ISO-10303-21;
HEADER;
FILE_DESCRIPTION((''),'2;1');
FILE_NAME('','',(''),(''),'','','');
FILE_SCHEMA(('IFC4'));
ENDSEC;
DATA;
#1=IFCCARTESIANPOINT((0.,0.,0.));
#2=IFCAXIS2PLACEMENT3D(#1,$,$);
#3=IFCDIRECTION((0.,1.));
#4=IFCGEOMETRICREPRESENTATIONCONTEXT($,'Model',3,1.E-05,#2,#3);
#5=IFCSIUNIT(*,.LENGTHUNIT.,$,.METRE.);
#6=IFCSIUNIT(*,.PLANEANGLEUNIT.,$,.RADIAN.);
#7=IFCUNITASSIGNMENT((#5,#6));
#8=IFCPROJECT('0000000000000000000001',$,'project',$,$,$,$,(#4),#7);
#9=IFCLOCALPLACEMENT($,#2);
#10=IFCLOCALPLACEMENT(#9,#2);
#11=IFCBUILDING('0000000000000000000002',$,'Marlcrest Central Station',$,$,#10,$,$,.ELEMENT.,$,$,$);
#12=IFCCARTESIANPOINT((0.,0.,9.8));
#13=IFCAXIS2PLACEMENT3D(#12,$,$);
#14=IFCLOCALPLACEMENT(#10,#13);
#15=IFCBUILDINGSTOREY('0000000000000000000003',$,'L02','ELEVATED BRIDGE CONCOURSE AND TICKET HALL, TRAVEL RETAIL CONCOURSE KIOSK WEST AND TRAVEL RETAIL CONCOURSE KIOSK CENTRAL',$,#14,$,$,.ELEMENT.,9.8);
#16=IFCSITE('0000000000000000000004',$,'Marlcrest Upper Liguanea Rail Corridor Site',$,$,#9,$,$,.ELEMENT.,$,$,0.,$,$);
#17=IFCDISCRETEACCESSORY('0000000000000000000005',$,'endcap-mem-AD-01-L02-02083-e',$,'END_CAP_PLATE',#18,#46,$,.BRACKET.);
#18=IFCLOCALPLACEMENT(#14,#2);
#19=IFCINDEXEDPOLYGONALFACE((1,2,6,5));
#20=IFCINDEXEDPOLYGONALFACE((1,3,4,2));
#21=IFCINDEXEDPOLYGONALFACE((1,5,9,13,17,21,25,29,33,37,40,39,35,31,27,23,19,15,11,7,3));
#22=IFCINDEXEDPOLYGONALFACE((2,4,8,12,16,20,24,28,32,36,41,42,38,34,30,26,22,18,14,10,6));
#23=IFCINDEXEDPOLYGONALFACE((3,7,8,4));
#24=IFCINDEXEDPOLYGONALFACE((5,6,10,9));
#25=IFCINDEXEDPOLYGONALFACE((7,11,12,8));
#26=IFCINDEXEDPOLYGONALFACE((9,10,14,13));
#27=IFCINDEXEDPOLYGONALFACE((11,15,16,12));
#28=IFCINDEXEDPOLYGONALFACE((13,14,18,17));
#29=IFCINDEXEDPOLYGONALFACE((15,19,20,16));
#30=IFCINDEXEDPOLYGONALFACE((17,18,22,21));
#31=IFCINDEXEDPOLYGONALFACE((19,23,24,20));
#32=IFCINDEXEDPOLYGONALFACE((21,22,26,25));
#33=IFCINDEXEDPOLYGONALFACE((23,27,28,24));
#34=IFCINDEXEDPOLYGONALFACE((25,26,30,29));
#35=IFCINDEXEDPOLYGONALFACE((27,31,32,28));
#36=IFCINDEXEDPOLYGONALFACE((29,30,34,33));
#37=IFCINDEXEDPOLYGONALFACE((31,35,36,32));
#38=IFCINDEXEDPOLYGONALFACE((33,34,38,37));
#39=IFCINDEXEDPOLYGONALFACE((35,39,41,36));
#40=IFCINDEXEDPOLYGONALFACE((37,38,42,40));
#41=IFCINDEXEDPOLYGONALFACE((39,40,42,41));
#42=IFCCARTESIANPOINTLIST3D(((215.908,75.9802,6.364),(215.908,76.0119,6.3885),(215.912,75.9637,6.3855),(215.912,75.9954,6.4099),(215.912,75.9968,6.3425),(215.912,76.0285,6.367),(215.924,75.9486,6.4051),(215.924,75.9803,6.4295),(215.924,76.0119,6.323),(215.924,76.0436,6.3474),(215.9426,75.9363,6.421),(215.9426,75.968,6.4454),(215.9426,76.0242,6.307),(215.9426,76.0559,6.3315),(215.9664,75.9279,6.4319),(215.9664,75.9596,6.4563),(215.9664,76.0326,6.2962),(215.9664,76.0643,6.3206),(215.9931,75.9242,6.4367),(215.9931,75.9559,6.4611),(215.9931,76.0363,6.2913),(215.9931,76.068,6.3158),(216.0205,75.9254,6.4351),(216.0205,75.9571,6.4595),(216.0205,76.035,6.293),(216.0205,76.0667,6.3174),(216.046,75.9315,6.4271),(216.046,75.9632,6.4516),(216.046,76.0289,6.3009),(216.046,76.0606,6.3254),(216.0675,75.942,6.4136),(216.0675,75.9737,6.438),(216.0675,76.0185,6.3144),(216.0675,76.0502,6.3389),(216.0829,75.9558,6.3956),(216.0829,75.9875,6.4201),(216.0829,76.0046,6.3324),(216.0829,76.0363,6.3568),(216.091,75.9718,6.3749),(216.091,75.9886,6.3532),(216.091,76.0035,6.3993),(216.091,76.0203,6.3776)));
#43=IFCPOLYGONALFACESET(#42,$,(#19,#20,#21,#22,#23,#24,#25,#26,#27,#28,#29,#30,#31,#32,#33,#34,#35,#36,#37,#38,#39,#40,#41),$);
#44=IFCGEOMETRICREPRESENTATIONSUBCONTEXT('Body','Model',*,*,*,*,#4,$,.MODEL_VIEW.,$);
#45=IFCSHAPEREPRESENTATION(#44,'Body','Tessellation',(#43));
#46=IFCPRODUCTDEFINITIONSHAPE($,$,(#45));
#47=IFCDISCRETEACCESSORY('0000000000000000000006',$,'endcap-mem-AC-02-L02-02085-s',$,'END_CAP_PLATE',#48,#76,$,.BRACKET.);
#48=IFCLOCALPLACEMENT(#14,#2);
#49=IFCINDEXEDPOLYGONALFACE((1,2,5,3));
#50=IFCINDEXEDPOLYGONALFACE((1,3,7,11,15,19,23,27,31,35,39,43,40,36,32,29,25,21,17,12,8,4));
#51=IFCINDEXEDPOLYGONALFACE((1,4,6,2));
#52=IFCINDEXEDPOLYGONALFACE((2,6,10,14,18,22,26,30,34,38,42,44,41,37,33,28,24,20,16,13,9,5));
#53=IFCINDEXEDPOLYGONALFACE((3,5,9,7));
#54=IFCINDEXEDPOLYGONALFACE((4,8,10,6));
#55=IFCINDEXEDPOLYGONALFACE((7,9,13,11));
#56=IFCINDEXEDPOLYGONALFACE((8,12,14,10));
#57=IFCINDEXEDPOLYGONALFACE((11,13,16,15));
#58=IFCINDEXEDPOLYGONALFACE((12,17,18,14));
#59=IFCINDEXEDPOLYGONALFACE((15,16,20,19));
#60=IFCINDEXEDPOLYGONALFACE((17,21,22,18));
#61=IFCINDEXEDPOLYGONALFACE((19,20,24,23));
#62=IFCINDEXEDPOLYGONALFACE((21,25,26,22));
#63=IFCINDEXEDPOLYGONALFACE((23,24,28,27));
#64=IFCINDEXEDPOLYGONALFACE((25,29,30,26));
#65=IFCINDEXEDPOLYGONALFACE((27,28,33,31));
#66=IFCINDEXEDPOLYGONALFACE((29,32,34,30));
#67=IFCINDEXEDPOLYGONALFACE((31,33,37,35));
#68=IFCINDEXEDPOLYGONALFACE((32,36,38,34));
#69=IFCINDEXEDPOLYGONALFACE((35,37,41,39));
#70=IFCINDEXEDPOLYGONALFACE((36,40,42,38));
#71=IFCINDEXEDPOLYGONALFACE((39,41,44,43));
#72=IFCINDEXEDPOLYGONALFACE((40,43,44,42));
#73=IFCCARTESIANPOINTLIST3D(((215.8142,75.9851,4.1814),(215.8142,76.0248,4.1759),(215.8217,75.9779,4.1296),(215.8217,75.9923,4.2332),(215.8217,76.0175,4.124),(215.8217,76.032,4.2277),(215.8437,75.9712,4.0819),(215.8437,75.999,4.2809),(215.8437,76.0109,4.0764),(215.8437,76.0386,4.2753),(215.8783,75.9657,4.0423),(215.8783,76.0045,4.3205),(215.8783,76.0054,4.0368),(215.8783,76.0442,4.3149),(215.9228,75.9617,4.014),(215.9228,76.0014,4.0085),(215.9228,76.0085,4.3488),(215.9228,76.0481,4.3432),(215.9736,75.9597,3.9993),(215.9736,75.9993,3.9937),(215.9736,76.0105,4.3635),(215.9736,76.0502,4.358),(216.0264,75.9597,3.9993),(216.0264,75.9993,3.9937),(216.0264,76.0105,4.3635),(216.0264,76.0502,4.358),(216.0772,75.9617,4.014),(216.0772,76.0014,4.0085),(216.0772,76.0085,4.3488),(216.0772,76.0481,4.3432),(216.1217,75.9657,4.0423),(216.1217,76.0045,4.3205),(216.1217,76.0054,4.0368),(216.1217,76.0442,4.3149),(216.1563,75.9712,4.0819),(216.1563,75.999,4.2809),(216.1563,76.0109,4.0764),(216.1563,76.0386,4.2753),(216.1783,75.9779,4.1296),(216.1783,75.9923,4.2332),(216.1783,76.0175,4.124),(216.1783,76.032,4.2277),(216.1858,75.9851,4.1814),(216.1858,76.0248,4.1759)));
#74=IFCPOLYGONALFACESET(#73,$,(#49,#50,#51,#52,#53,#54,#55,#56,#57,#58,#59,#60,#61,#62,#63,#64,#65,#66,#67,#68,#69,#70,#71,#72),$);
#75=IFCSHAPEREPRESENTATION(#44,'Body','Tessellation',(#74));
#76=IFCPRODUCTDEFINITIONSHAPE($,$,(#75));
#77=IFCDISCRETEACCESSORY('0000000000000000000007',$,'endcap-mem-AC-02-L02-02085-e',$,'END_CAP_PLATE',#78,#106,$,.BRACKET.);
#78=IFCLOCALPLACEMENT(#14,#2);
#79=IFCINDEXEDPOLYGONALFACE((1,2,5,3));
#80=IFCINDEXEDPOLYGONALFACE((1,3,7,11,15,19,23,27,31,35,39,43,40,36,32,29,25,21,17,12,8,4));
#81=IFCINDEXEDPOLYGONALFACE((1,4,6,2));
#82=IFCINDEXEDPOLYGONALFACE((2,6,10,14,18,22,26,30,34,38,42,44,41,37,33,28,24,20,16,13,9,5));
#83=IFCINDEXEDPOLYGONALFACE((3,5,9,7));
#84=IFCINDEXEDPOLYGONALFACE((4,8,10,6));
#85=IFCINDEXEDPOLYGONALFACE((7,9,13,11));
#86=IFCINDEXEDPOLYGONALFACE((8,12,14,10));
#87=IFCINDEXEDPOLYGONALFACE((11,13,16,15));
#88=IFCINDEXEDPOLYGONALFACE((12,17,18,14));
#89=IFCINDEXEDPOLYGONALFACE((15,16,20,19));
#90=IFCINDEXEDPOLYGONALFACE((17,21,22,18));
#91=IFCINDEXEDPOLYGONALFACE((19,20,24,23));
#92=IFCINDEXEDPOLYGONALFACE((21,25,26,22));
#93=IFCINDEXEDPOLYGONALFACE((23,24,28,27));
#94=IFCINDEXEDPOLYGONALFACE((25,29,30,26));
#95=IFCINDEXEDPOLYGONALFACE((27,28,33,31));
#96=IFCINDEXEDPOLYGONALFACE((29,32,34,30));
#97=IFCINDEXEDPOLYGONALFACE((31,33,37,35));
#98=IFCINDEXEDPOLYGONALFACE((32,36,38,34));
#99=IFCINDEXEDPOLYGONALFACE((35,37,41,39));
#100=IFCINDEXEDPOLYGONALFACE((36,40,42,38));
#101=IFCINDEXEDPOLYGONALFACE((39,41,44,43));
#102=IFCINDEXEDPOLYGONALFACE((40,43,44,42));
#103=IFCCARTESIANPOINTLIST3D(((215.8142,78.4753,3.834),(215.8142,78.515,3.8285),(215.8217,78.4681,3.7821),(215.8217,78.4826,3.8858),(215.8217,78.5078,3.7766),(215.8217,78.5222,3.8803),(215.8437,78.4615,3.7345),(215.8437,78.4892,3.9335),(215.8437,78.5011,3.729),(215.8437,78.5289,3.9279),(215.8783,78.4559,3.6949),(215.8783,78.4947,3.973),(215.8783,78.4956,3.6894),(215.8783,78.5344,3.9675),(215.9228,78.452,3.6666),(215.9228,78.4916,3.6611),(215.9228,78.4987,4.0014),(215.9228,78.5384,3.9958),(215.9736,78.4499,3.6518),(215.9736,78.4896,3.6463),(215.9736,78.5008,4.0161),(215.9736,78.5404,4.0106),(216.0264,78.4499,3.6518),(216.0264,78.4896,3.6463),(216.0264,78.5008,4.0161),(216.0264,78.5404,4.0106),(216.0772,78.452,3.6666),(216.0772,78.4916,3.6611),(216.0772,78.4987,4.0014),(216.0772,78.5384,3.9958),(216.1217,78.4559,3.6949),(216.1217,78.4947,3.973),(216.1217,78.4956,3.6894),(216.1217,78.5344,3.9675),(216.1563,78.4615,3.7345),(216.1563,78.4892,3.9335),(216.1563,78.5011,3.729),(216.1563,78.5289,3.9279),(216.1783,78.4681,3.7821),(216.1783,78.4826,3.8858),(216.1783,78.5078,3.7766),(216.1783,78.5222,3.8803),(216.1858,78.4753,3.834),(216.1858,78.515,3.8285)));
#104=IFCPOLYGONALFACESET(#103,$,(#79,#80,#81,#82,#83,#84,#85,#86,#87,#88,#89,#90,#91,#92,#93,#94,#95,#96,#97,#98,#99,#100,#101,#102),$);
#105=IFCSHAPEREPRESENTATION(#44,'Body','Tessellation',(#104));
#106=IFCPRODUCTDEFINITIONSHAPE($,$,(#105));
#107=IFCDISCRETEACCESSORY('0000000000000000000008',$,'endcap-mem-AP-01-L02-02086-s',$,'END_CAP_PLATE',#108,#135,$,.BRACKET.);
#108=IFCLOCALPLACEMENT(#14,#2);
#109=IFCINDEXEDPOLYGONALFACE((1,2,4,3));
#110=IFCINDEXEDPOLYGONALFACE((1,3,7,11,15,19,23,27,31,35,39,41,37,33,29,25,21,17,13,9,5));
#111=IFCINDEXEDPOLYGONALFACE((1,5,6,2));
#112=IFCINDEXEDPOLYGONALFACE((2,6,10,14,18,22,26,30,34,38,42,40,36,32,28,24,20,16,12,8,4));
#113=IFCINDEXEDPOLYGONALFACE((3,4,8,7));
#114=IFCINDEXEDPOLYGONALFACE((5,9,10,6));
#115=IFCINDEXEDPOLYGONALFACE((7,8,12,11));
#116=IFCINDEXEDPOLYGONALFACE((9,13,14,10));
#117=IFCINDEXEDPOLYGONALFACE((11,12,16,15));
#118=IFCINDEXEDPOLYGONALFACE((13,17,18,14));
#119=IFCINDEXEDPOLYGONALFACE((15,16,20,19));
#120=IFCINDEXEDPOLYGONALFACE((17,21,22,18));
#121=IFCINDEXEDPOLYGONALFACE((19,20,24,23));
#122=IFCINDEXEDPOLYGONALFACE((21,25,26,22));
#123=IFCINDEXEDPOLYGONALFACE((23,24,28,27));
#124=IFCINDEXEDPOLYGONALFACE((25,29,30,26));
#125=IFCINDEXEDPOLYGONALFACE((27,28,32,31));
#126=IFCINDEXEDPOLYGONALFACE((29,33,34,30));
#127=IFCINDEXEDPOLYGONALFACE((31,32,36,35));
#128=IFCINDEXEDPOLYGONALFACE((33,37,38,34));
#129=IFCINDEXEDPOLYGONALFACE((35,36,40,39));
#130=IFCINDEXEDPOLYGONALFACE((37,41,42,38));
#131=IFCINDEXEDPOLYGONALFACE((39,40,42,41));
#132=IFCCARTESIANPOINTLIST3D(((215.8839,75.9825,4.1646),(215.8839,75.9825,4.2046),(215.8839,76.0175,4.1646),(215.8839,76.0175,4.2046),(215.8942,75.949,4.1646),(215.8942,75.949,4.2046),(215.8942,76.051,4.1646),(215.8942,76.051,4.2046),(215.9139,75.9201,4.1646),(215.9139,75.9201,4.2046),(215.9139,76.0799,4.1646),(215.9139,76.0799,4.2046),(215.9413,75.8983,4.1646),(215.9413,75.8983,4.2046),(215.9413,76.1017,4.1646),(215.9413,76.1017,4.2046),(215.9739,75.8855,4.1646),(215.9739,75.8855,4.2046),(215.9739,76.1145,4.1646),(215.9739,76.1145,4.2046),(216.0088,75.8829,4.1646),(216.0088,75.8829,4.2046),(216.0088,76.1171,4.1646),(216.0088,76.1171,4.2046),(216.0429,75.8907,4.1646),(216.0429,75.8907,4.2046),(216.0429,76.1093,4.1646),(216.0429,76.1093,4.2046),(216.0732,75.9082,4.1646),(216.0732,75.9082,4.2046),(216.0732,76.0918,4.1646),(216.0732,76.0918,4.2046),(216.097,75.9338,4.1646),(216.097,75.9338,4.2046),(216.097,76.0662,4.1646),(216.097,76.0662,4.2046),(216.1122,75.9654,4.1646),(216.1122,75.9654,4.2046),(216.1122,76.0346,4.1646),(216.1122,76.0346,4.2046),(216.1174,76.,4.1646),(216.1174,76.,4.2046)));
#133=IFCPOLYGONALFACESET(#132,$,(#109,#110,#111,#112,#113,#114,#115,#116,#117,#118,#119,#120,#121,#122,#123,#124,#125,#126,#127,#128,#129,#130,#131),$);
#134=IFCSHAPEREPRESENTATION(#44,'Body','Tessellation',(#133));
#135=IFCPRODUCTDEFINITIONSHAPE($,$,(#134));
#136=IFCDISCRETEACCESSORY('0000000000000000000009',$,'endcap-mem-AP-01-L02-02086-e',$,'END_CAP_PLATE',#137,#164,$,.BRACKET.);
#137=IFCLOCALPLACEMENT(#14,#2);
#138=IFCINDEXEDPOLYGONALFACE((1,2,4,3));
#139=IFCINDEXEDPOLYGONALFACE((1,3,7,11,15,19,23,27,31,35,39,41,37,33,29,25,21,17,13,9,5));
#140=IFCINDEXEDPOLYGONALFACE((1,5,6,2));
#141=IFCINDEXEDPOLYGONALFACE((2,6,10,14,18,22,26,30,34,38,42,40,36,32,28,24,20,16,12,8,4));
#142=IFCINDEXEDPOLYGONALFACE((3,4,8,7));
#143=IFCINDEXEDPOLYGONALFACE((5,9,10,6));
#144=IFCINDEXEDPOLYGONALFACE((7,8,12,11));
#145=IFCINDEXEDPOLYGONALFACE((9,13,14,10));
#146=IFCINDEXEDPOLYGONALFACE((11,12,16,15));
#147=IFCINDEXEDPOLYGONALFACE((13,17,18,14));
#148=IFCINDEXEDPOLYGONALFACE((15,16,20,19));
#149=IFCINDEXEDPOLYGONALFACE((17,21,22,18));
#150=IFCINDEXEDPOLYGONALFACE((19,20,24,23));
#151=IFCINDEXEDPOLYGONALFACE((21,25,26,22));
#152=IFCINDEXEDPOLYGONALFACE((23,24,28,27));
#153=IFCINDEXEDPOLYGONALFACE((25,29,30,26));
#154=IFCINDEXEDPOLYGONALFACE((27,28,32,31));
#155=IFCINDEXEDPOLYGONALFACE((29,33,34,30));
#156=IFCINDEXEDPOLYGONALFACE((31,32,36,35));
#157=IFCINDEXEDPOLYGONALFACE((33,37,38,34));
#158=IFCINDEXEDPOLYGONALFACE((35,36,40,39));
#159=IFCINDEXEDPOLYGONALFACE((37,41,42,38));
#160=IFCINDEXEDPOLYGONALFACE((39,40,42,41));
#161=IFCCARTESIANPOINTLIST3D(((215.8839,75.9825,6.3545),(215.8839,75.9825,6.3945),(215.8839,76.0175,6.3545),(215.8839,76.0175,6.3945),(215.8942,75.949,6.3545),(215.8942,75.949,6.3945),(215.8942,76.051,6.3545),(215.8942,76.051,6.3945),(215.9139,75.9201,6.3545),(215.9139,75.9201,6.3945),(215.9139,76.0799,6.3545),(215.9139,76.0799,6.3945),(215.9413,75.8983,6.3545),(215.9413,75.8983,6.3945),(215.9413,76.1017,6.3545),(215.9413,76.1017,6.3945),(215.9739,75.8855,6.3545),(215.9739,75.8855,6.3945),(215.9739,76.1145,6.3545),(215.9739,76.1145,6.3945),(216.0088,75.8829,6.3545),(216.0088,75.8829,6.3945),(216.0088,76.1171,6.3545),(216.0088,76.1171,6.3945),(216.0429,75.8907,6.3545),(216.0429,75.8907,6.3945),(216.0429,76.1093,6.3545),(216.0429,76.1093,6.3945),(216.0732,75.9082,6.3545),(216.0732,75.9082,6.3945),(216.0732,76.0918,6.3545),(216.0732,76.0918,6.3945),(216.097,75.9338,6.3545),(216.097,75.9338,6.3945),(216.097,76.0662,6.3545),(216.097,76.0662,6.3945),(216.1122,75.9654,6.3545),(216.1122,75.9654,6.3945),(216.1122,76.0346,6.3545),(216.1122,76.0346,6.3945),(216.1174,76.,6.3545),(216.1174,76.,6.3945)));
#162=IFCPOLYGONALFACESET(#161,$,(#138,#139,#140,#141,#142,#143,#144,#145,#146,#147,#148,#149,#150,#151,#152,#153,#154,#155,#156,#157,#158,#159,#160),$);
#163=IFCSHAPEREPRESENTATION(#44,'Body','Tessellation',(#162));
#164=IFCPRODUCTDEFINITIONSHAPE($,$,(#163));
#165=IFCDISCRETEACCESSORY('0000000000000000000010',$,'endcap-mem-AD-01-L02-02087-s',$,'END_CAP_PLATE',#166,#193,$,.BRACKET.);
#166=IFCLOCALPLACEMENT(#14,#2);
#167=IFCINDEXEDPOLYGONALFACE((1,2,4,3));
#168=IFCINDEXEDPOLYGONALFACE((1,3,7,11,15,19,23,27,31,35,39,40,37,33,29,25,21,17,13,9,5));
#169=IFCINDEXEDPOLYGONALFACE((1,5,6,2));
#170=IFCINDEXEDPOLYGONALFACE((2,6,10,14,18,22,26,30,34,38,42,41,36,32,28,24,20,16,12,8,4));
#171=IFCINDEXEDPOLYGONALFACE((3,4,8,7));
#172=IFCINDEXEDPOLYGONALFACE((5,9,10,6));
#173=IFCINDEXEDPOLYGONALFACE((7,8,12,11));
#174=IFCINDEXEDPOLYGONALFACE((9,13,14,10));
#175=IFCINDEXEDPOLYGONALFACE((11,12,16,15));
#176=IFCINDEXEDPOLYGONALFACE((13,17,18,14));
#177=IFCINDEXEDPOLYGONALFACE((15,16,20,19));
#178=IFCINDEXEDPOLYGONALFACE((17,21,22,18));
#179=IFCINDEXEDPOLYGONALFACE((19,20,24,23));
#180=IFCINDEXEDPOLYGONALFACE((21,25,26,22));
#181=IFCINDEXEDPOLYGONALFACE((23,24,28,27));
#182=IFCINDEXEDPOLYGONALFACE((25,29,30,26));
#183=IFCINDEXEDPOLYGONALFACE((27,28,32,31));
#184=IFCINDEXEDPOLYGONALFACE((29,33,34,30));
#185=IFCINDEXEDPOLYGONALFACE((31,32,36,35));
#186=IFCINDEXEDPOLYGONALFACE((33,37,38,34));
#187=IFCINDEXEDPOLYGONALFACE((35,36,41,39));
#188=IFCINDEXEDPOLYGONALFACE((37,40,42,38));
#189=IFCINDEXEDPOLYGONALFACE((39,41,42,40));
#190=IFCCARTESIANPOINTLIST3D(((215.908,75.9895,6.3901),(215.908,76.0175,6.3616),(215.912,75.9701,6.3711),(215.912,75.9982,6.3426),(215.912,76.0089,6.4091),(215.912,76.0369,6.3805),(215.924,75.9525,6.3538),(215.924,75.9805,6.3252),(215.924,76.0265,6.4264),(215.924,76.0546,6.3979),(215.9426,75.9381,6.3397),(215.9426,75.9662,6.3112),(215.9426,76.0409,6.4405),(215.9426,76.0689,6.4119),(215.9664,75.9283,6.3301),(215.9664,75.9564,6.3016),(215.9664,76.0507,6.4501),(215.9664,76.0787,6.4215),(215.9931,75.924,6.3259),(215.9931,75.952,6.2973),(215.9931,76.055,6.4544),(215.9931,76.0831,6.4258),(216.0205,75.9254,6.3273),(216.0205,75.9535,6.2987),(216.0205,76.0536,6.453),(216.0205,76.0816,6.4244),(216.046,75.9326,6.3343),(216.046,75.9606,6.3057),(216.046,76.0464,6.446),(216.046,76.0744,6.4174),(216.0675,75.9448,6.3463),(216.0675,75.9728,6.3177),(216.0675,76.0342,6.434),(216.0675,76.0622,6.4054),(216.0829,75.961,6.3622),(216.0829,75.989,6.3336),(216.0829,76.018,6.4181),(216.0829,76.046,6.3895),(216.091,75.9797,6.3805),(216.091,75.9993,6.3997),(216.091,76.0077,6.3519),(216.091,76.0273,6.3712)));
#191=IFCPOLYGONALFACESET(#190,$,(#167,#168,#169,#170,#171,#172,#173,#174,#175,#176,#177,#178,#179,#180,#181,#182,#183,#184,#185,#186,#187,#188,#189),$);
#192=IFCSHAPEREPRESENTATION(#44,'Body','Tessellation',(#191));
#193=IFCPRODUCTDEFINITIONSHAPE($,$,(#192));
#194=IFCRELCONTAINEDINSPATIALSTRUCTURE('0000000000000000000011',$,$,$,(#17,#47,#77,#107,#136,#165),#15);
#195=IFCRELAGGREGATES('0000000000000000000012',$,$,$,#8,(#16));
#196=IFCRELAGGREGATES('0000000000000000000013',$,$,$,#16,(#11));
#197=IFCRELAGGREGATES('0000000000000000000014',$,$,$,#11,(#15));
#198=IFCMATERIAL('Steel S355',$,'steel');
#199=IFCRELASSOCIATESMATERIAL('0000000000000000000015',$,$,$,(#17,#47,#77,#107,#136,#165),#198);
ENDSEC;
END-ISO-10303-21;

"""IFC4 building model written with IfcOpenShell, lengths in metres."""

from ifc_helpers import new_model, si_unit, direction, frame, origin, origin_2d, place, context, subcontext, project, spatial, circle, extrude, material, element, save


model = new_model("IFC4")

# Units and contexts
model_context = context("Model", 3, precision=1e-05, world=origin(), true_north=direction((0.0, 1.0)))
body_context = subcontext(model_context, "Body", "Model", "MODEL_VIEW")
ifc_project = project(units=[si_unit("LENGTHUNIT", "METRE"), si_unit("PLANEANGLEUNIT", "RADIAN")], contexts=[model_context])

# Site, building, storey
site_placement = place(None, origin())
site = spatial("IfcSite", under=ifc_project, at=site_placement, Name="Marlcrest Upper Liguanea Rail Corridor Site", CompositionType="ELEMENT", RefElevation=0.0)
building_placement = place(site_placement, origin())
building = spatial("IfcBuilding", under=site, at=building_placement, Name="Marlcrest Central Station", CompositionType="ELEMENT")
storey_placement = place(building_placement, frame((0.0, 0.0, 9.8)))
storey = spatial("IfcBuildingStorey", under=building, at=storey_placement, Name="L02", Description="ELEVATED BRIDGE CONCOURSE AND TICKET HALL, TRAVEL RETAIL CONCOURSE KIOSK WEST AND TRAVEL RETAIL CONCOURSE KIOSK CENTRAL", CompositionType="ELEMENT", Elevation=9.8)

# Shared definitions
ifc_material = material(Name="Steel S355", Category="steel")

# Discrete accessories
discrete_accessory_1_placement = place(storey_placement, frame((216.0, 75.9802, 6.364), z_axis=(0.0, 0.791798, 0.610783), x_axis=(-1.0, 0.0, 0.0)))
element("IfcDiscreteAccessory", 1, at=discrete_accessory_1_placement, inside=storey, material=ifc_material, Name="endcap-mem-AD-01-L02-02083-e", ObjectType="END_CAP_PLATE", PredefinedType="BRACKET", context=body_context, shape_type="SweptSolid", body=[
    extrude(circle(Radius=0.092, at=origin_2d()), origin(), (0.0, 0.0, 1.0), 0.04),
])
for number, where, z_axis, x_axis, name in (
    (2, (216.0, 75.9851, 4.1814), (0.0, 0.990403, -0.138211), (-1.0, 0.0, 0.0), "endcap-mem-AC-02-L02-02085-s"),
    (3, (216.0, 78.4753, 3.834), (0.0, 0.990403, -0.138211), (-1.0, 0.0, 0.0), "endcap-mem-AC-02-L02-02085-e"),
):
    element("IfcDiscreteAccessory", number, at=place(storey_placement, frame(where, z_axis=z_axis, x_axis=x_axis)), inside=storey, material=ifc_material, Name=name, ObjectType="END_CAP_PLATE", PredefinedType="BRACKET", context=body_context, shape_type="SweptSolid", body=[
        extrude(circle(Radius=0.1858, at=origin_2d()), origin(), (0.0, 0.0, 1.0), 0.04),
    ])
for number, where, z_axis, x_axis, name in (
    (4, (216.0, 76.0, 4.1646), (0.0, 0.0, 1.0), (1.0, 0.0, 0.0), "endcap-mem-AP-01-L02-02086-s"),
    (5, (216.0, 76.0, 6.3545), (0.0, 0.0, 1.0), (1.0, 0.0, 0.0), "endcap-mem-AP-01-L02-02086-e"),
):
    element("IfcDiscreteAccessory", number, at=place(storey_placement, frame(where, z_axis=z_axis, x_axis=x_axis)), inside=storey, material=ifc_material, Name=name, ObjectType="END_CAP_PLATE", PredefinedType="BRACKET", context=body_context, shape_type="SweptSolid", body=[
        extrude(circle(Radius=0.1174, at=origin_2d()), origin(), (0.0, 0.0, 1.0), 0.04),
    ])
for number, where, z_axis, x_axis, name in (
    (6, (216.0, 75.9895, 6.3901), (0.0, 0.700235, -0.713912), (-1.0, 0.0, 0.0), "endcap-mem-AD-01-L02-02087-s"),
):
    element("IfcDiscreteAccessory", number, at=place(storey_placement, frame(where, z_axis=z_axis, x_axis=x_axis)), inside=storey, material=ifc_material, Name=name, ObjectType="END_CAP_PLATE", PredefinedType="BRACKET", context=body_context, shape_type="SweptSolid", body=[
        extrude(circle(Radius=0.092, at=origin_2d()), origin(), (0.0, 0.0, 1.0), 0.04),
    ])

save(model, "model.ifc")
